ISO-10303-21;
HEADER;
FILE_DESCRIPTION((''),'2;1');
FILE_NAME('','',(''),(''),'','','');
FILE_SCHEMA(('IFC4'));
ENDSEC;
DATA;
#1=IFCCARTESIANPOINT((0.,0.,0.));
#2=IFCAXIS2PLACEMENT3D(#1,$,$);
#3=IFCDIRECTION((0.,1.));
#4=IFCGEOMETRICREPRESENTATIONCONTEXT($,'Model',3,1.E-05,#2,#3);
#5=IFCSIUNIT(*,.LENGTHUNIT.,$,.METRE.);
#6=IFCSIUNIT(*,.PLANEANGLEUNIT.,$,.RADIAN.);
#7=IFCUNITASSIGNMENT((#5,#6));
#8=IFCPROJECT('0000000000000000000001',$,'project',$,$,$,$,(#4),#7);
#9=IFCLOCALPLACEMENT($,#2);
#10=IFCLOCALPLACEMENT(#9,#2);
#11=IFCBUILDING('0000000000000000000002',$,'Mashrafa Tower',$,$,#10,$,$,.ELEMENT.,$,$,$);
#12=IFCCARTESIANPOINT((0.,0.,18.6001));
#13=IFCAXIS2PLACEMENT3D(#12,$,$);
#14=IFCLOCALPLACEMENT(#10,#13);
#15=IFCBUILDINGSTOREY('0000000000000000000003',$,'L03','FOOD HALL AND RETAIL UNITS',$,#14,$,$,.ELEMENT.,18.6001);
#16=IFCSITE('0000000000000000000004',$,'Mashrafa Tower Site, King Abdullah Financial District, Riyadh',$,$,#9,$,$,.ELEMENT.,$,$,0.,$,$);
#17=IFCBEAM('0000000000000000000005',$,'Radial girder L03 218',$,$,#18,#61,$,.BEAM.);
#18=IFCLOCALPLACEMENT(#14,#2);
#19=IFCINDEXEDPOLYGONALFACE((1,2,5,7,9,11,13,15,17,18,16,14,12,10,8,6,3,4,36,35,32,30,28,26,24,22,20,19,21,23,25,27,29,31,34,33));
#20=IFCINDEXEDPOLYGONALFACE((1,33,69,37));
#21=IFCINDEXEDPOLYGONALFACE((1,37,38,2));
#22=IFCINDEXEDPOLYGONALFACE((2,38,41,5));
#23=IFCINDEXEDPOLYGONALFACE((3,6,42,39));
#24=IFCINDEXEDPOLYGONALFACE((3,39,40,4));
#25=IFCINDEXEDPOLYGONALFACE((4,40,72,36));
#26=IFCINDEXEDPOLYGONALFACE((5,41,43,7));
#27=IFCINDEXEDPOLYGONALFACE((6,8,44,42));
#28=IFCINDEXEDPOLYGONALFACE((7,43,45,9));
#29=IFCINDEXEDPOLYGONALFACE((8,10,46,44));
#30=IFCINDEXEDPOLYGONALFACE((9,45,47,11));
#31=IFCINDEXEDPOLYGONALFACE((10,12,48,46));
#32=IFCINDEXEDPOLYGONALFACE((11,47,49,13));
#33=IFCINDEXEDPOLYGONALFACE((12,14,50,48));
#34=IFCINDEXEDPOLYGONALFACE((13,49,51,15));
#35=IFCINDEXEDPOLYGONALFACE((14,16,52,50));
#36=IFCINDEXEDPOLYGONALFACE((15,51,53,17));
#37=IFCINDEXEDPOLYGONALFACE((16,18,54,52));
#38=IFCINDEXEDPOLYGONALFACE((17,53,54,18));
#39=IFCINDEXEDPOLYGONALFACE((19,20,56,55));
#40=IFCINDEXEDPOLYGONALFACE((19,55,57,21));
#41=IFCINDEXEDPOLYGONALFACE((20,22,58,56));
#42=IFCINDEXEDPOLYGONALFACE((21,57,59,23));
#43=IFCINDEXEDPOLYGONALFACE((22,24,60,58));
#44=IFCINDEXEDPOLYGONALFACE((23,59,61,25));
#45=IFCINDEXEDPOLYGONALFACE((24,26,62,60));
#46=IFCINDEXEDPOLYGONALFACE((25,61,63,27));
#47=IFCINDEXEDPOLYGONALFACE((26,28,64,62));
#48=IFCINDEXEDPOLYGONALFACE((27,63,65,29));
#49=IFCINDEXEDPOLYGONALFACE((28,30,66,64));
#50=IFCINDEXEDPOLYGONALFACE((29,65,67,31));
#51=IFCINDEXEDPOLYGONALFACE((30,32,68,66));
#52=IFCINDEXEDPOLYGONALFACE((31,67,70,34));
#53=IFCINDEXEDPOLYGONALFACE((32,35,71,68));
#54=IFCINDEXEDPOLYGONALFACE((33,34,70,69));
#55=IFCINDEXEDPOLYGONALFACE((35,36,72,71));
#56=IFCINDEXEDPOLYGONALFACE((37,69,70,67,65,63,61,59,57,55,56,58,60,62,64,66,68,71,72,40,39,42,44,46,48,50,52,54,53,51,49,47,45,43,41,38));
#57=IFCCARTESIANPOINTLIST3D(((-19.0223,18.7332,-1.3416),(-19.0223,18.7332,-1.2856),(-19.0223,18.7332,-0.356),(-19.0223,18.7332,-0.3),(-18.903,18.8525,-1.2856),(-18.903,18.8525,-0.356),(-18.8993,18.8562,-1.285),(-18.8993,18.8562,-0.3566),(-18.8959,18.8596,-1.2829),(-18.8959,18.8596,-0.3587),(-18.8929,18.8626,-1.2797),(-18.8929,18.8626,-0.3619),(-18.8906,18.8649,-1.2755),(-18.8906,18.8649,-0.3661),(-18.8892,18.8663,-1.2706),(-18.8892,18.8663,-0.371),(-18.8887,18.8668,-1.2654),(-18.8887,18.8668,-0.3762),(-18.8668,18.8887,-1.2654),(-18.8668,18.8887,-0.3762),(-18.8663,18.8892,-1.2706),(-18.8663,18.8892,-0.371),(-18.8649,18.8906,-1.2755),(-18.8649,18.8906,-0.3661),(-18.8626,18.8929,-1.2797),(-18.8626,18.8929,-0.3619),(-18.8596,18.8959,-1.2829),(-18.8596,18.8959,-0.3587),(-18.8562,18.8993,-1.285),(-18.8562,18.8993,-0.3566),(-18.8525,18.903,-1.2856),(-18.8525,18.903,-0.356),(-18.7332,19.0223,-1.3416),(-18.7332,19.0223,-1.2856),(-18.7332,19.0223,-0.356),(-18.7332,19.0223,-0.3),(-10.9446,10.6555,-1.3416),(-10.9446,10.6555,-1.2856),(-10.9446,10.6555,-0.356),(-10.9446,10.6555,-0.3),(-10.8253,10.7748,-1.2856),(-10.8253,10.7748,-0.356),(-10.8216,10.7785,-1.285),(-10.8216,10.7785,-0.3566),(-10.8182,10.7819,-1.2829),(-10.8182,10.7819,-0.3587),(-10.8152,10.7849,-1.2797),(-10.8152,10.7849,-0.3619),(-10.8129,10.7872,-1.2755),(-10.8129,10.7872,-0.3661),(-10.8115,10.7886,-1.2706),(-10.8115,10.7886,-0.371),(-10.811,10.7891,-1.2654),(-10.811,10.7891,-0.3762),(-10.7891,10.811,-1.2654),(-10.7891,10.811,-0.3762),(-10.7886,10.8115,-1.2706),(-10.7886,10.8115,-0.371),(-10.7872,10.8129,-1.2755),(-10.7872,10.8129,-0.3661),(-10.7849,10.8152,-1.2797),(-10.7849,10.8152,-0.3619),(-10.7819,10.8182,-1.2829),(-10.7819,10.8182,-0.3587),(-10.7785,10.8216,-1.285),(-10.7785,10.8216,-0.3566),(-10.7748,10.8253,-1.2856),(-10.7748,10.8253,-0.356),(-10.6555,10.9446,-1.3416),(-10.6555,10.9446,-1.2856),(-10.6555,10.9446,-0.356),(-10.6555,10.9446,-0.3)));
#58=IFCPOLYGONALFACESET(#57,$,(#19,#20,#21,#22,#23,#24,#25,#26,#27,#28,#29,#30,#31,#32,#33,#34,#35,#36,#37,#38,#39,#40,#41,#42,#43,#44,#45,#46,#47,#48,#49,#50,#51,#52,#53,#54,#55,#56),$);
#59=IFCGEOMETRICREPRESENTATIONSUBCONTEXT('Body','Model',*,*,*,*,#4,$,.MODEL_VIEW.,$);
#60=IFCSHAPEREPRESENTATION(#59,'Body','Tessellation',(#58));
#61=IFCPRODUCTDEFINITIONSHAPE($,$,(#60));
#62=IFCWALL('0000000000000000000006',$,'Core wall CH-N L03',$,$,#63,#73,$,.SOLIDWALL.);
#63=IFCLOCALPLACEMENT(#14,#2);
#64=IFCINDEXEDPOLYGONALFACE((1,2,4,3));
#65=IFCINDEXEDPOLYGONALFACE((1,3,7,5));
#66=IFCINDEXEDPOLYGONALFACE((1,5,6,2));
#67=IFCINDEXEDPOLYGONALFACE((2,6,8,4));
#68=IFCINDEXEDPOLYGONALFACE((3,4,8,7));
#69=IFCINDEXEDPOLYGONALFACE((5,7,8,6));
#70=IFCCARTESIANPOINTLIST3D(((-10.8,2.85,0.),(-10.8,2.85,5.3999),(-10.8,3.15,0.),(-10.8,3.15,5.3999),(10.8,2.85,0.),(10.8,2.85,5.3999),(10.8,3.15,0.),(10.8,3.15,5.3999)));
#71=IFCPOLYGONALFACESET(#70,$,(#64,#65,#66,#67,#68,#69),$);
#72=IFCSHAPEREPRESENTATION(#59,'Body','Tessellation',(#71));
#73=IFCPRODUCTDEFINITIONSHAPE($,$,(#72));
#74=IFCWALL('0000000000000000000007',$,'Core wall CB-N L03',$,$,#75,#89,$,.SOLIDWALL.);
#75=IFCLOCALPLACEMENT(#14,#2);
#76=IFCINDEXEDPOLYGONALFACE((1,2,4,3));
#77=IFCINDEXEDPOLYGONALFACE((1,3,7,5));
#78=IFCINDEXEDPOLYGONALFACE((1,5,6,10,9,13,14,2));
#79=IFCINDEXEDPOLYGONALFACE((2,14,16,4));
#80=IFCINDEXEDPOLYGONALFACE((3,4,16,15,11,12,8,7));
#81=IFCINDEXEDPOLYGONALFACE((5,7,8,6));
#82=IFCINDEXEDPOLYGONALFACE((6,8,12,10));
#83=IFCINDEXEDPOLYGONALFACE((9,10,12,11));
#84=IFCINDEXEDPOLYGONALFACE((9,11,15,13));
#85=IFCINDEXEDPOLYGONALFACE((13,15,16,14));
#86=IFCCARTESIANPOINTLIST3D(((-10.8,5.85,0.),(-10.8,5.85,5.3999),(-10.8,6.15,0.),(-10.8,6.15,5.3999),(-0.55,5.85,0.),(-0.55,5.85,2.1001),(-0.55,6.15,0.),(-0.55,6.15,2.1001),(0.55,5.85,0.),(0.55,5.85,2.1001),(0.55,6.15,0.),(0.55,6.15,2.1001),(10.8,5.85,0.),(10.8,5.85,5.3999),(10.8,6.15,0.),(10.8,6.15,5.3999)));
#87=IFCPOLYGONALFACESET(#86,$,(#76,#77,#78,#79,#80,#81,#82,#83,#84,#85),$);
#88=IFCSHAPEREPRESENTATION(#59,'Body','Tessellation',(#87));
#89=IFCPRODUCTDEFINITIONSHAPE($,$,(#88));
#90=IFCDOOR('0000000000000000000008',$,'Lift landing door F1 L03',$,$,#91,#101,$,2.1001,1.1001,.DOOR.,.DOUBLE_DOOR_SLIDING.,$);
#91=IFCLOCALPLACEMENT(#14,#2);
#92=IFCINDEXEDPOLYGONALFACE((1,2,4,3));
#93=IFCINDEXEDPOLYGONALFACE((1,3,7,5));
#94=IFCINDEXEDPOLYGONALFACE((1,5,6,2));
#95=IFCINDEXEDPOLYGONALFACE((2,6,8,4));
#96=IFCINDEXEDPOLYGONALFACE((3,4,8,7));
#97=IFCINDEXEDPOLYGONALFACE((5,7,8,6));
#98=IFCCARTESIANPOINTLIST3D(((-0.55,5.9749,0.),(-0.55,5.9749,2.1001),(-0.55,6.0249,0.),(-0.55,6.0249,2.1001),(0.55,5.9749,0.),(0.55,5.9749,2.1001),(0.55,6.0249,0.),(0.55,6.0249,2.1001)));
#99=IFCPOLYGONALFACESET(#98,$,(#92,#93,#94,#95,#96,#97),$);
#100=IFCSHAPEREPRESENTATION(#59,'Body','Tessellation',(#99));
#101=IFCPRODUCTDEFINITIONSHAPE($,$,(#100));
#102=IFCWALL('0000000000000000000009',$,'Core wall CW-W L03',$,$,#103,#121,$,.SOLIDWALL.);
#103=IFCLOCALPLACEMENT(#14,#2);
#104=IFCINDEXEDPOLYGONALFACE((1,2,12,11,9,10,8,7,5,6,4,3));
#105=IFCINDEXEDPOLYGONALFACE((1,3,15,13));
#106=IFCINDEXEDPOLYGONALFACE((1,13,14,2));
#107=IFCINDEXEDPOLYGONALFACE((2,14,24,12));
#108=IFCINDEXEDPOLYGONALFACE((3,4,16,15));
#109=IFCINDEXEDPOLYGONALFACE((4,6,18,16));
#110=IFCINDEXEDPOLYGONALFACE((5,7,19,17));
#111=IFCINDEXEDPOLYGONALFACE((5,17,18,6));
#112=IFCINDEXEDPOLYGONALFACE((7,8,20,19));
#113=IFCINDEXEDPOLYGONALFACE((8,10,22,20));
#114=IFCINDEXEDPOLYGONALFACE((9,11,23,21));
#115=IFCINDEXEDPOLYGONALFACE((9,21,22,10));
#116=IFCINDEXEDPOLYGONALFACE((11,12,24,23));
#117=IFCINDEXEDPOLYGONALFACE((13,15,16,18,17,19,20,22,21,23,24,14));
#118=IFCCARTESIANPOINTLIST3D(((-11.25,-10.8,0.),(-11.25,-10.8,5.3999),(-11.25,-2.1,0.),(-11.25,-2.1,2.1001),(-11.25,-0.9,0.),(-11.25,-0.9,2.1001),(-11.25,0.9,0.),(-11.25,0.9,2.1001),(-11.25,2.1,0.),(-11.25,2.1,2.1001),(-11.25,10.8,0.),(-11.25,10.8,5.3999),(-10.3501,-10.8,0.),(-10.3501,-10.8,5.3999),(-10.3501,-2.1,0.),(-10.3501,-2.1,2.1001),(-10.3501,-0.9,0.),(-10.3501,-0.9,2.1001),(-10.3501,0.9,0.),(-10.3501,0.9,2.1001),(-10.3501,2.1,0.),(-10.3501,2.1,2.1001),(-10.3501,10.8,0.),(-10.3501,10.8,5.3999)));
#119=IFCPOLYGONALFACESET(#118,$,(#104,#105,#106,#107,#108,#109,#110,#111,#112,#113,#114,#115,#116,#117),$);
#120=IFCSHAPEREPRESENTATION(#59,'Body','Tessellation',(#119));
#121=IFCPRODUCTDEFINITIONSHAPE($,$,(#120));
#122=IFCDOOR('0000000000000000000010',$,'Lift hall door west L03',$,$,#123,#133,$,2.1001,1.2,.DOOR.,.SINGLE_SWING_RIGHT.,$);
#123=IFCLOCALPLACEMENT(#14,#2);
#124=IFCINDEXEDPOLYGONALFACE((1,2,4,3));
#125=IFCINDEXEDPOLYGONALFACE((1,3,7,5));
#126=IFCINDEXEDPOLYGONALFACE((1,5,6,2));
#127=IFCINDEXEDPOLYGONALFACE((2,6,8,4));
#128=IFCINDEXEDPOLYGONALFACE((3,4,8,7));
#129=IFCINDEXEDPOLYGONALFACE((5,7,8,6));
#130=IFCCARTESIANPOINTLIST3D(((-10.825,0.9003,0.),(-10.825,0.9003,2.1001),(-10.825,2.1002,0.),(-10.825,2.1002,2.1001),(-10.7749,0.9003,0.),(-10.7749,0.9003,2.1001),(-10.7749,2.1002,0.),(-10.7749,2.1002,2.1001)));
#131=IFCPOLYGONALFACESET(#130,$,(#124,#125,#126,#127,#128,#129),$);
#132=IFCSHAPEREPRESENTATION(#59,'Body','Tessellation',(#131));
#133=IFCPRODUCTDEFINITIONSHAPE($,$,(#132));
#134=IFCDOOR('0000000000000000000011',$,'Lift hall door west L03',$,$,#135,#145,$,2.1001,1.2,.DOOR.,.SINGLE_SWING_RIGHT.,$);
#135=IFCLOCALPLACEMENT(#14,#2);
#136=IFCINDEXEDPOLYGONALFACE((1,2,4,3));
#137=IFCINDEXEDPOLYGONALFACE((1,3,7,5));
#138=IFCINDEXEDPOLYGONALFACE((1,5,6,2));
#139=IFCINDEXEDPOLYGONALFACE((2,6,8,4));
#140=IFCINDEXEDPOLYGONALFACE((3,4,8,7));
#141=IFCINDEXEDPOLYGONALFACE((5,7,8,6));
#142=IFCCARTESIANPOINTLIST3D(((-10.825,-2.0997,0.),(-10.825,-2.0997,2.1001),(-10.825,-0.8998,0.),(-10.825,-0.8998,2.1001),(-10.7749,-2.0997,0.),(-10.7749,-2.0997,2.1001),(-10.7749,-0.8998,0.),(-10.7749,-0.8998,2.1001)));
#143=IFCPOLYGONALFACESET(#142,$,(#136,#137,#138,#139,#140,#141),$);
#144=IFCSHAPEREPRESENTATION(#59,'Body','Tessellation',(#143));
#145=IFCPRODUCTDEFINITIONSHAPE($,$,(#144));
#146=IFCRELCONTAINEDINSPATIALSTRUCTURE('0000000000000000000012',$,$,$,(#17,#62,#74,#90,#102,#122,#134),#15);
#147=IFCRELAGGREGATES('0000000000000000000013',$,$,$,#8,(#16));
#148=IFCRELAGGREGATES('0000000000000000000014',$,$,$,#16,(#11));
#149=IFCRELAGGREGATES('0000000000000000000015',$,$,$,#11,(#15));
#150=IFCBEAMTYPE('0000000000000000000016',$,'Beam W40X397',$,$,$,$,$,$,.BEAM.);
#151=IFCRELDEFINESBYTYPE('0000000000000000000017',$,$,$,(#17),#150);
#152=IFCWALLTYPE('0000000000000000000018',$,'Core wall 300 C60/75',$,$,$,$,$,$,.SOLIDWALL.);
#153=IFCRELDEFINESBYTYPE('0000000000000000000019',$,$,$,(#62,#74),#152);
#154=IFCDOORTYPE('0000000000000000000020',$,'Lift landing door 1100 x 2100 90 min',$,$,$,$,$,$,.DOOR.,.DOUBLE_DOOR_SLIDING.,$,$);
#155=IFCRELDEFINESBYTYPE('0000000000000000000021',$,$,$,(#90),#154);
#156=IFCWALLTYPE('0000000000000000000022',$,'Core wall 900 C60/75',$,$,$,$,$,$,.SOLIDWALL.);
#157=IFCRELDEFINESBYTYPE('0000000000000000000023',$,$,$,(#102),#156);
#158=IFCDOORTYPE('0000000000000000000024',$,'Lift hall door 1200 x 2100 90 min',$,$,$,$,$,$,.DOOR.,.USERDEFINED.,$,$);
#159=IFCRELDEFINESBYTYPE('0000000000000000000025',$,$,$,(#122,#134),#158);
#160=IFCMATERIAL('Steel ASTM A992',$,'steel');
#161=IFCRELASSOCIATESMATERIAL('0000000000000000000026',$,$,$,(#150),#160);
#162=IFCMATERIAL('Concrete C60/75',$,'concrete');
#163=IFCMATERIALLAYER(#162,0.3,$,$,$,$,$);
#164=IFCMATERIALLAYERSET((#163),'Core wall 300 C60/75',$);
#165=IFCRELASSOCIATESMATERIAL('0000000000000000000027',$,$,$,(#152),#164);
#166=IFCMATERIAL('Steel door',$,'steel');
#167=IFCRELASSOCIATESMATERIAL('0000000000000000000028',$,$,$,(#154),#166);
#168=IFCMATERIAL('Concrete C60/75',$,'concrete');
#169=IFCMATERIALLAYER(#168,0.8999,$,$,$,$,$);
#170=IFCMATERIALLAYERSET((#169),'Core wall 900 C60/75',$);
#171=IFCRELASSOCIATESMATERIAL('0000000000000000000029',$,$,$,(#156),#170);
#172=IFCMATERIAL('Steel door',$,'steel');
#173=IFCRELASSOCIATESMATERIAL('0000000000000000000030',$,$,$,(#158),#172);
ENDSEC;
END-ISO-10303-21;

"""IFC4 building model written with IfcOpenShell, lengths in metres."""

from ifc_helpers import new_model, si_unit, direction, frame, frame_2d, origin, origin_2d, place, context, subcontext, project, spatial, rectangle, i_section, extrude, material, layer, layer_set, material_profile, profile_set, type_object, element, fill, save


model = new_model("IFC4")

# Units and contexts
model_context = context("Model", 3, precision=1e-05, world=origin(), true_north=direction((0.0, 1.0)))
body_context = subcontext(model_context, "Body", "Model", "MODEL_VIEW")
ifc_project = project(units=[si_unit("LENGTHUNIT", "METRE"), si_unit("PLANEANGLEUNIT", "RADIAN")], contexts=[model_context])

# Site, building, storey
site_placement = place(None, origin())
site = spatial("IfcSite", under=ifc_project, at=site_placement, Name="Mashrafa Tower Site, King Abdullah Financial District, Riyadh", CompositionType="ELEMENT", RefElevation=0.0)
building_placement = place(site_placement, origin())
building = spatial("IfcBuilding", under=site, at=building_placement, Name="Mashrafa Tower", CompositionType="ELEMENT")
storey_placement = place(building_placement, frame((0.0, 0.0, 18.6001)))
storey = spatial("IfcBuildingStorey", under=building, at=storey_placement, Name="L03", Description="FOOD HALL AND RETAIL UNITS", CompositionType="ELEMENT", Elevation=18.6001)

# Beam
ifc_material_1 = material(Name="Steel ASTM A992", Category="steel")
ifc_material_profile_1 = material_profile(ifc_material_1, i_section(OverallWidth=0.4089, OverallDepth=1.0415, WebThickness=0.031, FlangeThickness=0.0559, FilletRadius=0.0203, at=origin_2d()), Name="W40X397")
ifc_profile_set_1 = profile_set([ifc_material_profile_1], Name="Steel ASTM A992")
beam_type_1 = type_object("IfcBeamType", Name="Beam W40X397", PredefinedType="BEAM", material=ifc_profile_set_1)
beam_1_placement = place(storey_placement, frame((-10.8, 10.8, -0.8208), z_axis=(-0.707107, 0.707107, 0.0), x_axis=(-0.707107, -0.707107, 0.0)))
element("IfcBeam", 1, at=beam_1_placement, inside=storey, type_object=beam_type_1, Name="Radial girder L03 218", PredefinedType="BEAM", context=body_context, shape_type="SweptSolid", body=[
    extrude(i_section(OverallWidth=0.4089, OverallDepth=1.0415, WebThickness=0.031, FlangeThickness=0.0559, FilletRadius=0.0203, at=origin_2d()), origin(), (0.0, 0.0, 1.0), 11.4236),
])

# Wall
ifc_material_2 = material(Name="Concrete C60/75", Category="concrete")
ifc_layer_1 = layer(ifc_material_2, 0.3)
ifc_layer_set_1 = layer_set([ifc_layer_1], Name="Core wall 300 C60/75")
wall_type_1 = type_object("IfcWallType", Name="Core wall 300 C60/75", PredefinedType="SOLIDWALL", material=ifc_layer_set_1)
wall_1_placement = place(storey_placement, frame((-10.8, 3.0, 0.0), z_axis=(0.0, 0.0, 1.0), x_axis=(1.0, 0.0, 0.0)))
element("IfcWall", 2, at=wall_1_placement, inside=storey, type_object=wall_type_1, Name="Core wall CH-N L03", PredefinedType="SOLIDWALL", context=body_context, shape_type="SweptSolid", body=[
    extrude(rectangle(XDim=21.6001, YDim=0.3, at=frame_2d((10.8, 0.0))), origin(), (0.0, 0.0, 1.0), 5.3999),
])

# Wall, opening, door
wall_2_placement = place(storey_placement, frame((-10.8, 6.0, 0.0), z_axis=(0.0, 0.0, 1.0), x_axis=(1.0, 0.0, 0.0)))
wall_2 = element("IfcWall", 3, at=wall_2_placement, inside=storey, type_object=wall_type_1, Name="Core wall CB-N L03", PredefinedType="SOLIDWALL", context=body_context, shape_type="SweptSolid", body=[
    extrude(rectangle(XDim=21.6001, YDim=0.3, at=frame_2d((10.8, 0.0))), origin(), (0.0, 0.0, 1.0), 5.3999),
])
opening_1_placement = place(wall_2_placement, frame((10.25, 0.0, 0.0)))
opening_1 = element("IfcOpeningElement", 4, at=opening_1_placement, cuts=wall_2, PredefinedType="OPENING", context=body_context, shape_type="SweptSolid", body=[
    extrude(rectangle(XDim=1.1001, YDim=2.1001, at=frame_2d((0.55, 1.05))), frame((0.0, 0.1599, 0.0), z_axis=(0.0, -1.0, 0.0), x_axis=(1.0, 0.0, 0.0)), (0.0, 0.0, 1.0), 0.3201),
])
ifc_material_3 = material(Name="Steel door", Category="steel")
door_type_1 = type_object("IfcDoorType", Name="Lift landing door 1100 x 2100 90 min", OperationType="DOUBLE_DOOR_SLIDING", PredefinedType="DOOR", material=ifc_material_3)
door_1_placement = place(opening_1_placement, origin())
door_1 = element("IfcDoor", 5, at=door_1_placement, inside=storey, type_object=door_type_1, Name="Lift landing door F1 L03", OperationType="DOUBLE_DOOR_SLIDING", OverallHeight=2.1001, OverallWidth=1.1001, PredefinedType="DOOR", context=body_context, shape_type="SweptSolid", body=[
    extrude(rectangle(XDim=1.1001, YDim=2.1001, at=frame_2d((0.55, 1.05))), frame((0.0, 0.0249, 0.0), z_axis=(0.0, -1.0, 0.0), x_axis=(1.0, 0.0, 0.0)), (0.0, 0.0, 1.0), 0.05),
])
fill(opening_1, door_1)

# Wall, openings, doors
ifc_material_4 = material(Name="Concrete C60/75", Category="concrete")
ifc_layer_2 = layer(ifc_material_4, 0.8999)
ifc_layer_set_2 = layer_set([ifc_layer_2], Name="Core wall 900 C60/75")
wall_type_2 = type_object("IfcWallType", Name="Core wall 900 C60/75", PredefinedType="SOLIDWALL", material=ifc_layer_set_2)
wall_3_placement = place(storey_placement, frame((-10.8, 10.8, 0.0), z_axis=(0.0, 0.0, 1.0), x_axis=(0.0, -1.0, 0.0)))
wall_3 = element("IfcWall", 6, at=wall_3_placement, inside=storey, type_object=wall_type_2, Name="Core wall CW-W L03", PredefinedType="SOLIDWALL", context=body_context, shape_type="SweptSolid", body=[
    extrude(rectangle(XDim=21.6001, YDim=0.8999, at=frame_2d((10.8, 0.0))), origin(), (0.0, 0.0, 1.0), 5.3999),
])
opening_2_placement = place(wall_3_placement, frame((8.7, 0.0, 0.0)))
opening_2 = element("IfcOpeningElement", 7, at=opening_2_placement, cuts=wall_3, PredefinedType="OPENING", context=body_context, shape_type="SweptSolid", body=[
    extrude(rectangle(XDim=1.2, YDim=2.1001, at=frame_2d((0.6001, 1.05))), frame((0.0, 0.46, 0.0), z_axis=(0.0, -1.0, 0.0), x_axis=(1.0, 0.0, 0.0)), (0.0, 0.0, 1.0), 0.9199),
])
opening_3_placement = place(wall_3_placement, frame((11.7, 0.0, 0.0)))
opening_3 = element("IfcOpeningElement", 8, at=opening_3_placement, cuts=wall_3, PredefinedType="OPENING", context=body_context, shape_type="SweptSolid", body=[
    extrude(rectangle(XDim=1.2, YDim=2.1001, at=frame_2d((0.6001, 1.05))), frame((0.0, 0.46, 0.0), z_axis=(0.0, -1.0, 0.0), x_axis=(1.0, 0.0, 0.0)), (0.0, 0.0, 1.0), 0.9199),
])
ifc_material_5 = material(Name="Steel door", Category="steel")
door_type_2 = type_object("IfcDoorType", Name="Lift hall door 1200 x 2100 90 min", OperationType="USERDEFINED", PredefinedType="DOOR", material=ifc_material_5)
door_2_placement = place(opening_2_placement, frame((1.2, 0.0, 0.0), z_axis=(0.0, 0.0, 1.0), x_axis=(-1.0, 0.0, 0.0)))
door_2 = element("IfcDoor", 9, at=door_2_placement, inside=storey, type_object=door_type_2, Name="Lift hall door west L03", OperationType="SINGLE_SWING_RIGHT", OverallHeight=2.1001, OverallWidth=1.2, PredefinedType="DOOR", context=body_context, shape_type="SweptSolid", body=[
    extrude(rectangle(XDim=1.2, YDim=2.1001, at=frame_2d((0.6001, 1.05))), frame((0.0, 0.0249, 0.0), z_axis=(0.0, -1.0, 0.0), x_axis=(1.0, 0.0, 0.0)), (0.0, 0.0, 1.0), 0.05),
])
fill(opening_2, door_2)
door_3_placement = place(opening_3_placement, frame((1.2, 0.0, 0.0), z_axis=(0.0, 0.0, 1.0), x_axis=(-1.0, 0.0, 0.0)))
door_3 = element("IfcDoor", 10, at=door_3_placement, inside=storey, type_object=door_type_2, Name="Lift hall door west L03", OperationType="SINGLE_SWING_RIGHT", OverallHeight=2.1001, OverallWidth=1.2, PredefinedType="DOOR", context=body_context, shape_type="SweptSolid", body=[
    extrude(rectangle(XDim=1.2, YDim=2.1001, at=frame_2d((0.6001, 1.05))), frame((0.0, 0.0249, 0.0), z_axis=(0.0, -1.0, 0.0), x_axis=(1.0, 0.0, 0.0)), (0.0, 0.0, 1.0), 0.05),
])
fill(opening_3, door_3)

save(model, "model.ifc")
